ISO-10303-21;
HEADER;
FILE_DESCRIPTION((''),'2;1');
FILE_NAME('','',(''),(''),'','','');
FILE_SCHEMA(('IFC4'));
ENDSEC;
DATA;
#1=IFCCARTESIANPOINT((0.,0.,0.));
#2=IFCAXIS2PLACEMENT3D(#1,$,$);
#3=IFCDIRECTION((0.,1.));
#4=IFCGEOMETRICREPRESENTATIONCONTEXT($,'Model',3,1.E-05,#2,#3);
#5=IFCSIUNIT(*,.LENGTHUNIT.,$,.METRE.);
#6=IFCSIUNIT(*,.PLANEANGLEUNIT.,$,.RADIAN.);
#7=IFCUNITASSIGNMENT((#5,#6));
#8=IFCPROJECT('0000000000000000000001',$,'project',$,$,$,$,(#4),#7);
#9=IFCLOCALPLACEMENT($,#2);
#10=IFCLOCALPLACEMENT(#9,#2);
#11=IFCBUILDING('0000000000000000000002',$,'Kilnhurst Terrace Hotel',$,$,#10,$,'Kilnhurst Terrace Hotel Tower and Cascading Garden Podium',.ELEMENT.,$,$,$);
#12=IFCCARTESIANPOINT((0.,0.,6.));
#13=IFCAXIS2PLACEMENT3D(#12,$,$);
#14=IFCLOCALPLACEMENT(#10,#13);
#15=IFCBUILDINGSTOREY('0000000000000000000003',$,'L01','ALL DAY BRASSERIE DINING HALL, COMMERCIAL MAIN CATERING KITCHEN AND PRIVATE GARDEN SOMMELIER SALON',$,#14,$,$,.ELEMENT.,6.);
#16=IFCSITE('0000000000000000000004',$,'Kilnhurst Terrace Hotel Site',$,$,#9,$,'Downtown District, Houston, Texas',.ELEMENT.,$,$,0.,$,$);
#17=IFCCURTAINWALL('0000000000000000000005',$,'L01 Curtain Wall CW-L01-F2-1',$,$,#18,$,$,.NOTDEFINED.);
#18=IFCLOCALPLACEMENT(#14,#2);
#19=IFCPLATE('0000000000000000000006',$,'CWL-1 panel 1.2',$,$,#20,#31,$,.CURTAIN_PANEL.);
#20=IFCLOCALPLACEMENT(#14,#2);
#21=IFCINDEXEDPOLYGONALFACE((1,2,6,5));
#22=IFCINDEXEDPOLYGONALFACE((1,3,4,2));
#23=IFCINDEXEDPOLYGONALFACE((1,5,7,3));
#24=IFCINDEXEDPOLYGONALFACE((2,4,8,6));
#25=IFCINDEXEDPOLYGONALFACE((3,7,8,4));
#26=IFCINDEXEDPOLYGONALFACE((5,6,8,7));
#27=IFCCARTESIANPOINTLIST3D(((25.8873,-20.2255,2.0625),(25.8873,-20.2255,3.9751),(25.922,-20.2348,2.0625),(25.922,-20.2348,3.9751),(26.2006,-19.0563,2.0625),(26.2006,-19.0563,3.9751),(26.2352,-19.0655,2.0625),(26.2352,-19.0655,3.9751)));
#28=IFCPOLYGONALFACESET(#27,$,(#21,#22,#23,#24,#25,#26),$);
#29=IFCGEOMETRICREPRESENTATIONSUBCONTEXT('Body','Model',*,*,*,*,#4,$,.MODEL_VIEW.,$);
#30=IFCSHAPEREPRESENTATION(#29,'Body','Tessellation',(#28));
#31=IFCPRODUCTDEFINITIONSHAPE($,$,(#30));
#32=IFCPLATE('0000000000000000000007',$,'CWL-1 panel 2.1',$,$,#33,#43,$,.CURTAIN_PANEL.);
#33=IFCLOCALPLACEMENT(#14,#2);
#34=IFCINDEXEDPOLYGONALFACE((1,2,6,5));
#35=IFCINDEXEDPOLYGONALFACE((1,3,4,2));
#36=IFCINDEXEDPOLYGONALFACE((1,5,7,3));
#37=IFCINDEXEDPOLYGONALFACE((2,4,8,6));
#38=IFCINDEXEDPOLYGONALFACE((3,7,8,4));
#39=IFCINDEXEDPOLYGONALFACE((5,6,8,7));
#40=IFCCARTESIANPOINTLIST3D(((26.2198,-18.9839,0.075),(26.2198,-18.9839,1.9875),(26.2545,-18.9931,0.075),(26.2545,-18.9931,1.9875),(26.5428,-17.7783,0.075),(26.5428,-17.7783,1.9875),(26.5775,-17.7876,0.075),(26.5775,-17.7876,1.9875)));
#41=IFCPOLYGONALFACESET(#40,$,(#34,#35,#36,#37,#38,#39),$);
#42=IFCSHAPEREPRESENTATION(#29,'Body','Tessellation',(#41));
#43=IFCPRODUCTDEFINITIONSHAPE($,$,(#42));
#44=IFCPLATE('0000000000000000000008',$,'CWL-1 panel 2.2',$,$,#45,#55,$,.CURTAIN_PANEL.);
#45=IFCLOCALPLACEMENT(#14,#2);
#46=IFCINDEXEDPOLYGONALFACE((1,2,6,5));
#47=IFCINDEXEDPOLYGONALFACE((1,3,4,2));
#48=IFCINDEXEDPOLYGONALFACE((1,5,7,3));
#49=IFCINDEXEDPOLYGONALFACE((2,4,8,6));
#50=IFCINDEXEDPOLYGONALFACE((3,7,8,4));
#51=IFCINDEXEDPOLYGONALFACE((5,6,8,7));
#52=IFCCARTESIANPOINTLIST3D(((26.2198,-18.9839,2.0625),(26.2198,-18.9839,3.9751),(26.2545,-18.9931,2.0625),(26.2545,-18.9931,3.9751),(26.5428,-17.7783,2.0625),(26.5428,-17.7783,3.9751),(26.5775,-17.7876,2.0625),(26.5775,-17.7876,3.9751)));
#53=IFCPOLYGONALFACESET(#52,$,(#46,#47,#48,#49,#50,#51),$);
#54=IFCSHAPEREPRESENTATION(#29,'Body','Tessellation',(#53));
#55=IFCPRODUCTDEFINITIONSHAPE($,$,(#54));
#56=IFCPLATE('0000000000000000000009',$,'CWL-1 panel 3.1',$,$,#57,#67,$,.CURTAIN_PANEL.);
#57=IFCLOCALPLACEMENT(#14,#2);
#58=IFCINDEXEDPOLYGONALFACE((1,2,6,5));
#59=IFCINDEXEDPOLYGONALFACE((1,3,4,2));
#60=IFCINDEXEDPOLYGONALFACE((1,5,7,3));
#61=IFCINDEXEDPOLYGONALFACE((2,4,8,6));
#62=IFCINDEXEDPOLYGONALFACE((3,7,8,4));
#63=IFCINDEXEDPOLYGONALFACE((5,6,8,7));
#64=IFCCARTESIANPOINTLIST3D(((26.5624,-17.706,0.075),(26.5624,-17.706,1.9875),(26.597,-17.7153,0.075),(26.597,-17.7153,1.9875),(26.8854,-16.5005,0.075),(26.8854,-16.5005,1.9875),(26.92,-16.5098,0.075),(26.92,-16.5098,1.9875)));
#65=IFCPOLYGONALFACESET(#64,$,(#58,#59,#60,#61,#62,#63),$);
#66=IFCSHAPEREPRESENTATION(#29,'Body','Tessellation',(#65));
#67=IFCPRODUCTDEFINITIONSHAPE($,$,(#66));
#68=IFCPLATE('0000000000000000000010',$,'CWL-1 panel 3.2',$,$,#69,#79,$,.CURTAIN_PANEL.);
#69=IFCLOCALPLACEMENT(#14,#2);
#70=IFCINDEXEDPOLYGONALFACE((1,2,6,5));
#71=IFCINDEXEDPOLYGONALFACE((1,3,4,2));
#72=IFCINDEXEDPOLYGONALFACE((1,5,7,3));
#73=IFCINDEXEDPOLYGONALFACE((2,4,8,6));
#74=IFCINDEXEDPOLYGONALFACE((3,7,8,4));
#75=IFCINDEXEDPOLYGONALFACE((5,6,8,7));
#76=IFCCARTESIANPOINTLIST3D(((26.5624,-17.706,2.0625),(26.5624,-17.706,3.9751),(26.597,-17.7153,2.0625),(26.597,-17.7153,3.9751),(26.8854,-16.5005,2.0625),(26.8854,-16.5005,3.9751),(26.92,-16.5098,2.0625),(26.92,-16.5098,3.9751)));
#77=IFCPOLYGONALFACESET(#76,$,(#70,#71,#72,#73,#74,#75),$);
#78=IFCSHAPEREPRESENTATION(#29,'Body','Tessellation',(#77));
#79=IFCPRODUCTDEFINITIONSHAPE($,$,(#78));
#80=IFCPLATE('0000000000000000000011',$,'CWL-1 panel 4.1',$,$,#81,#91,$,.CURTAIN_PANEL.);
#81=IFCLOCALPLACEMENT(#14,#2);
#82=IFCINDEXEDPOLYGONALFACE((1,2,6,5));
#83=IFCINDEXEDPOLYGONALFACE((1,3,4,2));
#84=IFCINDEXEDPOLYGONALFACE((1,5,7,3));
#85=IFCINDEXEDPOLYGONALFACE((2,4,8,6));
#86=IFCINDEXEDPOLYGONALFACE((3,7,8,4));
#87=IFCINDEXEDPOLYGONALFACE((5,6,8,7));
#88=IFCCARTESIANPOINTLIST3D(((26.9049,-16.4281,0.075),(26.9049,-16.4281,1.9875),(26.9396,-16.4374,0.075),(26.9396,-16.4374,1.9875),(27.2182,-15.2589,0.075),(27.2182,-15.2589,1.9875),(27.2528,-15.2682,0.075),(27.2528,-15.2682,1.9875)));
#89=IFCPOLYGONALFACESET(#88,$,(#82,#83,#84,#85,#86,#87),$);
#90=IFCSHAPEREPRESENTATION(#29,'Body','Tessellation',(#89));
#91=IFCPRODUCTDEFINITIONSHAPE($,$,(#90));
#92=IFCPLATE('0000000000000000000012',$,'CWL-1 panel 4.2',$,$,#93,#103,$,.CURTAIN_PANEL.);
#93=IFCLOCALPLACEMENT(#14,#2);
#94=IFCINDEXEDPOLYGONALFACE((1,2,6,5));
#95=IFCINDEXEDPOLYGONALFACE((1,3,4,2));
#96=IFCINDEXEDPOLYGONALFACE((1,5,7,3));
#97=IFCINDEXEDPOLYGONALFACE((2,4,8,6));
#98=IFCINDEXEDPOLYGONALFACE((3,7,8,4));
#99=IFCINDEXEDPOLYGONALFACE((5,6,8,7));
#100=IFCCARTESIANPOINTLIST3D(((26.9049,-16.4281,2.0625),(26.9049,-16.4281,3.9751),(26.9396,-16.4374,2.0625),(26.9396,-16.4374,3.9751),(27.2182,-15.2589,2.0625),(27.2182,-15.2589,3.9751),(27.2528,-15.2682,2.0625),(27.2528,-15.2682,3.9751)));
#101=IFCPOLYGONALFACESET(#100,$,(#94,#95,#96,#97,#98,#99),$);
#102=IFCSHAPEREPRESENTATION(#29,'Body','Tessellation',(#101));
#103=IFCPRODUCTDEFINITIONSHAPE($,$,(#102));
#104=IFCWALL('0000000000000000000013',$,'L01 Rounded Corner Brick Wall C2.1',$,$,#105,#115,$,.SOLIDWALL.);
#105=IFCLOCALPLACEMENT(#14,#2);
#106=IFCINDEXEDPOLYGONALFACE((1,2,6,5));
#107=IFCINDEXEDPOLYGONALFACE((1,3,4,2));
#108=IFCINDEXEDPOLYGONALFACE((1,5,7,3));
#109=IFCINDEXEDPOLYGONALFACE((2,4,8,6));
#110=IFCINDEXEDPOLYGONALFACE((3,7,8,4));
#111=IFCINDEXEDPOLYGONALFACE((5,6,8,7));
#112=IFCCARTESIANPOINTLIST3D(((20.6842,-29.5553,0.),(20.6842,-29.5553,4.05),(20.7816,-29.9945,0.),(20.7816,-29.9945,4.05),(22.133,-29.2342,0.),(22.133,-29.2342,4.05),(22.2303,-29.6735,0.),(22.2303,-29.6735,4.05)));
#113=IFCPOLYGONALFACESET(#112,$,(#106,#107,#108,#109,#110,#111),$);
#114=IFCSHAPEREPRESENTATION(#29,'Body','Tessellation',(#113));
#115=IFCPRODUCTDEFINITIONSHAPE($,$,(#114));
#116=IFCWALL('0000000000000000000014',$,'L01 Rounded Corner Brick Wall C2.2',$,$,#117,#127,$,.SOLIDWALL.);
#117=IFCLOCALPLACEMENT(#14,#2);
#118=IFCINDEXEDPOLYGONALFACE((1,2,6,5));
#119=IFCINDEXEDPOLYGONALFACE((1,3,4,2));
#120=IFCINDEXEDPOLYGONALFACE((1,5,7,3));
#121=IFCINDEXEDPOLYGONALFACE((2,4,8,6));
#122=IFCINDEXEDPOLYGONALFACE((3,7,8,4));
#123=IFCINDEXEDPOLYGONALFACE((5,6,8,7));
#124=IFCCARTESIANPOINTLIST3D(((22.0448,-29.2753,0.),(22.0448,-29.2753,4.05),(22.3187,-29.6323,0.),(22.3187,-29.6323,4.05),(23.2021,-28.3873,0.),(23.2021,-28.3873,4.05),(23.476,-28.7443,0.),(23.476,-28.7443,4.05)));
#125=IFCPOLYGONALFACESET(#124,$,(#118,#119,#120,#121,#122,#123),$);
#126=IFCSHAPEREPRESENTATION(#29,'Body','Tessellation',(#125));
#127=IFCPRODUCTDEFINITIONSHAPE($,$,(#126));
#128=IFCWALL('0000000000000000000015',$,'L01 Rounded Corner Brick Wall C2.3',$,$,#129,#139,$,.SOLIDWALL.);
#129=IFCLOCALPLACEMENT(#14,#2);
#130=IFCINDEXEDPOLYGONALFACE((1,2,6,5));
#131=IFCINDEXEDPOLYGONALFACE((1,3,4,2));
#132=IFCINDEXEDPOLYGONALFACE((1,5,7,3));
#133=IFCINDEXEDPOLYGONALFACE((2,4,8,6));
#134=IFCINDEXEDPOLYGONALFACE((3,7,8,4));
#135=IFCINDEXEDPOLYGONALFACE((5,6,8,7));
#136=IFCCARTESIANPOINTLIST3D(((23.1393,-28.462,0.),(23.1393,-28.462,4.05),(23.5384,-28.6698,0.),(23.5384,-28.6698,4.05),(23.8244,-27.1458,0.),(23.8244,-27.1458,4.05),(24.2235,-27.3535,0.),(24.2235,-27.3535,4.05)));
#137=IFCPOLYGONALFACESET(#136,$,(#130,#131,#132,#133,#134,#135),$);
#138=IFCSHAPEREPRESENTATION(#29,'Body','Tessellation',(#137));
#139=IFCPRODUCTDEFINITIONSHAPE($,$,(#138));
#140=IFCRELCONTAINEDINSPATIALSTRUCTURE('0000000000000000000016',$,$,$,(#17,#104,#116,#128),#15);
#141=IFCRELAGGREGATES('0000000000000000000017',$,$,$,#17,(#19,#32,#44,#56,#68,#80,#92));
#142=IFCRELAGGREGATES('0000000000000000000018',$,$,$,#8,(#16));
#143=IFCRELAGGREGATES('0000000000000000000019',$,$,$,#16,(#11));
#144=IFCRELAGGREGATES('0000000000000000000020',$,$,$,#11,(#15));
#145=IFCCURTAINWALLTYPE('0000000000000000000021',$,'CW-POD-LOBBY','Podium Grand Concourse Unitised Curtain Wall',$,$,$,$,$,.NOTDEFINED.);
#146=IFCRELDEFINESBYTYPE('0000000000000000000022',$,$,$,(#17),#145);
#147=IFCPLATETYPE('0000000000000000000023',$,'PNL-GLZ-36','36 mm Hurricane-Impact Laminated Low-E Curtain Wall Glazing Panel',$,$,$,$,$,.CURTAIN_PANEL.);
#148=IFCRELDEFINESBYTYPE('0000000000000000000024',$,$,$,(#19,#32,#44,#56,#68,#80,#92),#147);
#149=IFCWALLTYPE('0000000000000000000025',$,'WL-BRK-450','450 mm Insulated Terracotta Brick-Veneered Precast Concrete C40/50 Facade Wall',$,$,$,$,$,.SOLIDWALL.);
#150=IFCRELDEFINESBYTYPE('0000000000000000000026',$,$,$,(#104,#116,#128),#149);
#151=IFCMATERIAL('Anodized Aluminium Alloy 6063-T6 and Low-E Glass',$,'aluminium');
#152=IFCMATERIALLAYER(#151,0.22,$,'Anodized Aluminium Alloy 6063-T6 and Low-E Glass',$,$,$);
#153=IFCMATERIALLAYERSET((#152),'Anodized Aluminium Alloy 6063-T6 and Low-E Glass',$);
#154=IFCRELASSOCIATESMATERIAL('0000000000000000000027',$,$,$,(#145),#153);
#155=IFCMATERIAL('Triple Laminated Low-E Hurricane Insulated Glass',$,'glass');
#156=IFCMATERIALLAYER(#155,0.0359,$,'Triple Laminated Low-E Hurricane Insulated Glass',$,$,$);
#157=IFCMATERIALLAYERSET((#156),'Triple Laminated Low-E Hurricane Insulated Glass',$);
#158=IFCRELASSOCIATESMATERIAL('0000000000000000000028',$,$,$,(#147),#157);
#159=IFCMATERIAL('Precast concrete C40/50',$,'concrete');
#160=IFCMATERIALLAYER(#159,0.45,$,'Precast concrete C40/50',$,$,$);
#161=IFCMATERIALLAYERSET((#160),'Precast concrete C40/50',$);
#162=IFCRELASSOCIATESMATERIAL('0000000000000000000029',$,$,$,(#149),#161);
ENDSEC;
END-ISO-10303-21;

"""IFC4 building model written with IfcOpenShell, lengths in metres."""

from ifc_helpers import new_model, si_unit, direction, frame, frame_2d, origin, origin_2d, place, context, subcontext, project, spatial, rectangle, extrude, material, layer, layer_set, type_object, element, aggregate, save


model = new_model("IFC4")

# Units and contexts
model_context = context("Model", 3, precision=1e-05, world=origin(), true_north=direction((0.0, 1.0)))
body_context = subcontext(model_context, "Body", "Model", "MODEL_VIEW")
ifc_project = project(units=[si_unit("LENGTHUNIT", "METRE"), si_unit("PLANEANGLEUNIT", "RADIAN")], contexts=[model_context])

# Site, building, storey
site_placement = place(None, origin())
site = spatial("IfcSite", under=ifc_project, at=site_placement, Name="Kilnhurst Terrace Hotel Site", LongName="Downtown District, Houston, Texas", CompositionType="ELEMENT", RefElevation=0.0)
building_placement = place(site_placement, origin())
building = spatial("IfcBuilding", under=site, at=building_placement, Name="Kilnhurst Terrace Hotel", LongName="Kilnhurst Terrace Hotel Tower and Cascading Garden Podium", CompositionType="ELEMENT")
storey_placement = place(building_placement, frame((0.0, 0.0, 6.0)))
storey = spatial("IfcBuildingStorey", under=building, at=storey_placement, Name="L01", Description="ALL DAY BRASSERIE DINING HALL, COMMERCIAL MAIN CATERING KITCHEN AND PRIVATE GARDEN SOMMELIER SALON", CompositionType="ELEMENT", Elevation=6.0)

# Curtain wall
ifc_material_1 = material(Name="Anodized Aluminium Alloy 6063-T6 and Low-E Glass", Category="aluminium")
ifc_layer_1 = layer(ifc_material_1, 0.22, Name="Anodized Aluminium Alloy 6063-T6 and Low-E Glass")
ifc_layer_set_1 = layer_set([ifc_layer_1], Name="Anodized Aluminium Alloy 6063-T6 and Low-E Glass")
curtain_wall_type = type_object("IfcCurtainWallType", Name="CW-POD-LOBBY", Description="Podium Grand Concourse Unitised Curtain Wall", PredefinedType="NOTDEFINED", material=ifc_layer_set_1)
curtain_wall_placement = place(storey_placement, origin())
curtain_wall = element("IfcCurtainWall", 1, at=curtain_wall_placement, inside=storey, type_object=curtain_wall_type, Name="L01 Curtain Wall CW-L01-F2-1", PredefinedType="NOTDEFINED")

# Plates
ifc_material_2 = material(Name="Triple Laminated Low-E Hurricane Insulated Glass", Category="glass")
ifc_layer_2 = layer(ifc_material_2, 0.0359, Name="Triple Laminated Low-E Hurricane Insulated Glass")
ifc_layer_set_2 = layer_set([ifc_layer_2], Name="Triple Laminated Low-E Hurricane Insulated Glass")
plate_type = type_object("IfcPlateType", Name="PNL-GLZ-36", Description="36 mm Hurricane-Impact Laminated Low-E Curtain Wall Glazing Panel", PredefinedType="CURTAIN_PANEL", material=ifc_layer_set_2)
plate_1_placement = place(storey_placement, frame((26.0613, -19.6455, 2.0625), z_axis=(0.0, 0.0, 1.0), x_axis=(0.258806, 0.965929, 0.0)))
plate_1 = element("IfcPlate", 2, at=plate_1_placement, type_object=plate_type, Name="CWL-1 panel 1.2", PredefinedType="CURTAIN_PANEL", context=body_context, shape_type="SweptSolid", body=[
    extrude(rectangle(XDim=1.2104, YDim=0.0359, at=origin_2d()), origin(), (0.0, 0.0, 1.0), 1.9126),
])
plate_2_placement = place(storey_placement, frame((26.3987, -18.3857, 0.075), z_axis=(0.0, 0.0, 1.0), x_axis=(0.258806, 0.965929, 0.0)))
plate_2 = element("IfcPlate", 3, at=plate_2_placement, type_object=plate_type, Name="CWL-1 panel 2.1", PredefinedType="CURTAIN_PANEL", context=body_context, shape_type="SweptSolid", body=[
    extrude(rectangle(XDim=1.248, YDim=0.0359, at=origin_2d()), origin(), (0.0, 0.0, 1.0), 1.9126),
])
plate_3_placement = place(storey_placement, frame((26.3987, -18.3857, 2.0625), z_axis=(0.0, 0.0, 1.0), x_axis=(0.258806, 0.965929, 0.0)))
plate_3 = element("IfcPlate", 4, at=plate_3_placement, type_object=plate_type, Name="CWL-1 panel 2.2", PredefinedType="CURTAIN_PANEL", context=body_context, shape_type="SweptSolid", body=[
    extrude(rectangle(XDim=1.248, YDim=0.0359, at=origin_2d()), origin(), (0.0, 0.0, 1.0), 1.9126),
])
plate_4_placement = place(storey_placement, frame((26.7412, -17.1079, 0.075), z_axis=(0.0, 0.0, 1.0), x_axis=(0.258806, 0.965929, 0.0)))
plate_4 = element("IfcPlate", 5, at=plate_4_placement, type_object=plate_type, Name="CWL-1 panel 3.1", PredefinedType="CURTAIN_PANEL", context=body_context, shape_type="SweptSolid", body=[
    extrude(rectangle(XDim=1.248, YDim=0.0359, at=origin_2d()), origin(), (0.0, 0.0, 1.0), 1.9126),
])
plate_5_placement = place(storey_placement, frame((26.7412, -17.1079, 2.0625), z_axis=(0.0, 0.0, 1.0), x_axis=(0.258806, 0.965929, 0.0)))
plate_5 = element("IfcPlate", 6, at=plate_5_placement, type_object=plate_type, Name="CWL-1 panel 3.2", PredefinedType="CURTAIN_PANEL", context=body_context, shape_type="SweptSolid", body=[
    extrude(rectangle(XDim=1.248, YDim=0.0359, at=origin_2d()), origin(), (0.0, 0.0, 1.0), 1.9126),
])
plate_6_placement = place(storey_placement, frame((27.0789, -15.8481, 0.075), z_axis=(0.0, 0.0, 1.0), x_axis=(0.258806, 0.965929, 0.0)))
plate_6 = element("IfcPlate", 7, at=plate_6_placement, type_object=plate_type, Name="CWL-1 panel 4.1", PredefinedType="CURTAIN_PANEL", context=body_context, shape_type="SweptSolid", body=[
    extrude(rectangle(XDim=1.2104, YDim=0.0359, at=origin_2d()), origin(), (0.0, 0.0, 1.0), 1.9126),
])
plate_7_placement = place(storey_placement, frame((27.0789, -15.8481, 2.0625), z_axis=(0.0, 0.0, 1.0), x_axis=(0.258806, 0.965929, 0.0)))
plate_7 = element("IfcPlate", 8, at=plate_7_placement, type_object=plate_type, Name="CWL-1 panel 4.2", PredefinedType="CURTAIN_PANEL", context=body_context, shape_type="SweptSolid", body=[
    extrude(rectangle(XDim=1.2104, YDim=0.0359, at=origin_2d()), origin(), (0.0, 0.0, 1.0), 1.9126),
])
aggregate(curtain_wall, [plate_1, plate_2, plate_3, plate_4, plate_5, plate_6, plate_7])

# Walls
ifc_material_3 = material(Name="Precast concrete C40/50", Category="concrete")
ifc_layer_3 = layer(ifc_material_3, 0.45, Name="Precast concrete C40/50")
ifc_layer_set_3 = layer_set([ifc_layer_3], Name="Precast concrete C40/50")
wall_type = type_object("IfcWallType", Name="WL-BRK-450", Description="450 mm Insulated Terracotta Brick-Veneered Precast Concrete C40/50 Facade Wall", PredefinedType="SOLIDWALL", material=ifc_layer_set_3)
wall_1_placement = place(storey_placement, frame((20.7329, -29.7749, 0.0), z_axis=(0.0, 0.0, 1.0), x_axis=(0.976315, 0.216356, 0.0)))
element("IfcWall", 9, at=wall_1_placement, inside=storey, type_object=wall_type, Name="L01 Rounded Corner Brick Wall C2.1", PredefinedType="SOLIDWALL", context=body_context, shape_type="SweptSolid", body=[
    extrude(rectangle(XDim=1.4839, YDim=0.45, at=frame_2d((0.7419, 0.0))), origin(), (0.0, 0.0, 1.0), 4.05),
])
wall_2_placement = place(storey_placement, frame((22.1816, -29.4539, 0.0), z_axis=(0.0, 0.0, 1.0), x_axis=(0.793364, 0.608748, 0.0)))
element("IfcWall", 10, at=wall_2_placement, inside=storey, type_object=wall_type, Name="L01 Rounded Corner Brick Wall C2.2", PredefinedType="SOLIDWALL", context=body_context, shape_type="SweptSolid", body=[
    extrude(rectangle(XDim=1.4587, YDim=0.45, at=frame_2d((0.7295, 0.0))), origin(), (0.0, 0.0, 1.0), 4.05),
])
wall_3_placement = place(storey_placement, frame((23.3389, -28.5659, 0.0), z_axis=(0.0, 0.0, 1.0), x_axis=(0.4617, 0.887036, 0.0)))
element("IfcWall", 11, at=wall_3_placement, inside=storey, type_object=wall_type, Name="L01 Rounded Corner Brick Wall C2.3", PredefinedType="SOLIDWALL", context=body_context, shape_type="SweptSolid", body=[
    extrude(rectangle(XDim=1.4839, YDim=0.45, at=frame_2d((0.7419, 0.0))), origin(), (0.0, 0.0, 1.0), 4.05),
])

save(model, "model.ifc")
